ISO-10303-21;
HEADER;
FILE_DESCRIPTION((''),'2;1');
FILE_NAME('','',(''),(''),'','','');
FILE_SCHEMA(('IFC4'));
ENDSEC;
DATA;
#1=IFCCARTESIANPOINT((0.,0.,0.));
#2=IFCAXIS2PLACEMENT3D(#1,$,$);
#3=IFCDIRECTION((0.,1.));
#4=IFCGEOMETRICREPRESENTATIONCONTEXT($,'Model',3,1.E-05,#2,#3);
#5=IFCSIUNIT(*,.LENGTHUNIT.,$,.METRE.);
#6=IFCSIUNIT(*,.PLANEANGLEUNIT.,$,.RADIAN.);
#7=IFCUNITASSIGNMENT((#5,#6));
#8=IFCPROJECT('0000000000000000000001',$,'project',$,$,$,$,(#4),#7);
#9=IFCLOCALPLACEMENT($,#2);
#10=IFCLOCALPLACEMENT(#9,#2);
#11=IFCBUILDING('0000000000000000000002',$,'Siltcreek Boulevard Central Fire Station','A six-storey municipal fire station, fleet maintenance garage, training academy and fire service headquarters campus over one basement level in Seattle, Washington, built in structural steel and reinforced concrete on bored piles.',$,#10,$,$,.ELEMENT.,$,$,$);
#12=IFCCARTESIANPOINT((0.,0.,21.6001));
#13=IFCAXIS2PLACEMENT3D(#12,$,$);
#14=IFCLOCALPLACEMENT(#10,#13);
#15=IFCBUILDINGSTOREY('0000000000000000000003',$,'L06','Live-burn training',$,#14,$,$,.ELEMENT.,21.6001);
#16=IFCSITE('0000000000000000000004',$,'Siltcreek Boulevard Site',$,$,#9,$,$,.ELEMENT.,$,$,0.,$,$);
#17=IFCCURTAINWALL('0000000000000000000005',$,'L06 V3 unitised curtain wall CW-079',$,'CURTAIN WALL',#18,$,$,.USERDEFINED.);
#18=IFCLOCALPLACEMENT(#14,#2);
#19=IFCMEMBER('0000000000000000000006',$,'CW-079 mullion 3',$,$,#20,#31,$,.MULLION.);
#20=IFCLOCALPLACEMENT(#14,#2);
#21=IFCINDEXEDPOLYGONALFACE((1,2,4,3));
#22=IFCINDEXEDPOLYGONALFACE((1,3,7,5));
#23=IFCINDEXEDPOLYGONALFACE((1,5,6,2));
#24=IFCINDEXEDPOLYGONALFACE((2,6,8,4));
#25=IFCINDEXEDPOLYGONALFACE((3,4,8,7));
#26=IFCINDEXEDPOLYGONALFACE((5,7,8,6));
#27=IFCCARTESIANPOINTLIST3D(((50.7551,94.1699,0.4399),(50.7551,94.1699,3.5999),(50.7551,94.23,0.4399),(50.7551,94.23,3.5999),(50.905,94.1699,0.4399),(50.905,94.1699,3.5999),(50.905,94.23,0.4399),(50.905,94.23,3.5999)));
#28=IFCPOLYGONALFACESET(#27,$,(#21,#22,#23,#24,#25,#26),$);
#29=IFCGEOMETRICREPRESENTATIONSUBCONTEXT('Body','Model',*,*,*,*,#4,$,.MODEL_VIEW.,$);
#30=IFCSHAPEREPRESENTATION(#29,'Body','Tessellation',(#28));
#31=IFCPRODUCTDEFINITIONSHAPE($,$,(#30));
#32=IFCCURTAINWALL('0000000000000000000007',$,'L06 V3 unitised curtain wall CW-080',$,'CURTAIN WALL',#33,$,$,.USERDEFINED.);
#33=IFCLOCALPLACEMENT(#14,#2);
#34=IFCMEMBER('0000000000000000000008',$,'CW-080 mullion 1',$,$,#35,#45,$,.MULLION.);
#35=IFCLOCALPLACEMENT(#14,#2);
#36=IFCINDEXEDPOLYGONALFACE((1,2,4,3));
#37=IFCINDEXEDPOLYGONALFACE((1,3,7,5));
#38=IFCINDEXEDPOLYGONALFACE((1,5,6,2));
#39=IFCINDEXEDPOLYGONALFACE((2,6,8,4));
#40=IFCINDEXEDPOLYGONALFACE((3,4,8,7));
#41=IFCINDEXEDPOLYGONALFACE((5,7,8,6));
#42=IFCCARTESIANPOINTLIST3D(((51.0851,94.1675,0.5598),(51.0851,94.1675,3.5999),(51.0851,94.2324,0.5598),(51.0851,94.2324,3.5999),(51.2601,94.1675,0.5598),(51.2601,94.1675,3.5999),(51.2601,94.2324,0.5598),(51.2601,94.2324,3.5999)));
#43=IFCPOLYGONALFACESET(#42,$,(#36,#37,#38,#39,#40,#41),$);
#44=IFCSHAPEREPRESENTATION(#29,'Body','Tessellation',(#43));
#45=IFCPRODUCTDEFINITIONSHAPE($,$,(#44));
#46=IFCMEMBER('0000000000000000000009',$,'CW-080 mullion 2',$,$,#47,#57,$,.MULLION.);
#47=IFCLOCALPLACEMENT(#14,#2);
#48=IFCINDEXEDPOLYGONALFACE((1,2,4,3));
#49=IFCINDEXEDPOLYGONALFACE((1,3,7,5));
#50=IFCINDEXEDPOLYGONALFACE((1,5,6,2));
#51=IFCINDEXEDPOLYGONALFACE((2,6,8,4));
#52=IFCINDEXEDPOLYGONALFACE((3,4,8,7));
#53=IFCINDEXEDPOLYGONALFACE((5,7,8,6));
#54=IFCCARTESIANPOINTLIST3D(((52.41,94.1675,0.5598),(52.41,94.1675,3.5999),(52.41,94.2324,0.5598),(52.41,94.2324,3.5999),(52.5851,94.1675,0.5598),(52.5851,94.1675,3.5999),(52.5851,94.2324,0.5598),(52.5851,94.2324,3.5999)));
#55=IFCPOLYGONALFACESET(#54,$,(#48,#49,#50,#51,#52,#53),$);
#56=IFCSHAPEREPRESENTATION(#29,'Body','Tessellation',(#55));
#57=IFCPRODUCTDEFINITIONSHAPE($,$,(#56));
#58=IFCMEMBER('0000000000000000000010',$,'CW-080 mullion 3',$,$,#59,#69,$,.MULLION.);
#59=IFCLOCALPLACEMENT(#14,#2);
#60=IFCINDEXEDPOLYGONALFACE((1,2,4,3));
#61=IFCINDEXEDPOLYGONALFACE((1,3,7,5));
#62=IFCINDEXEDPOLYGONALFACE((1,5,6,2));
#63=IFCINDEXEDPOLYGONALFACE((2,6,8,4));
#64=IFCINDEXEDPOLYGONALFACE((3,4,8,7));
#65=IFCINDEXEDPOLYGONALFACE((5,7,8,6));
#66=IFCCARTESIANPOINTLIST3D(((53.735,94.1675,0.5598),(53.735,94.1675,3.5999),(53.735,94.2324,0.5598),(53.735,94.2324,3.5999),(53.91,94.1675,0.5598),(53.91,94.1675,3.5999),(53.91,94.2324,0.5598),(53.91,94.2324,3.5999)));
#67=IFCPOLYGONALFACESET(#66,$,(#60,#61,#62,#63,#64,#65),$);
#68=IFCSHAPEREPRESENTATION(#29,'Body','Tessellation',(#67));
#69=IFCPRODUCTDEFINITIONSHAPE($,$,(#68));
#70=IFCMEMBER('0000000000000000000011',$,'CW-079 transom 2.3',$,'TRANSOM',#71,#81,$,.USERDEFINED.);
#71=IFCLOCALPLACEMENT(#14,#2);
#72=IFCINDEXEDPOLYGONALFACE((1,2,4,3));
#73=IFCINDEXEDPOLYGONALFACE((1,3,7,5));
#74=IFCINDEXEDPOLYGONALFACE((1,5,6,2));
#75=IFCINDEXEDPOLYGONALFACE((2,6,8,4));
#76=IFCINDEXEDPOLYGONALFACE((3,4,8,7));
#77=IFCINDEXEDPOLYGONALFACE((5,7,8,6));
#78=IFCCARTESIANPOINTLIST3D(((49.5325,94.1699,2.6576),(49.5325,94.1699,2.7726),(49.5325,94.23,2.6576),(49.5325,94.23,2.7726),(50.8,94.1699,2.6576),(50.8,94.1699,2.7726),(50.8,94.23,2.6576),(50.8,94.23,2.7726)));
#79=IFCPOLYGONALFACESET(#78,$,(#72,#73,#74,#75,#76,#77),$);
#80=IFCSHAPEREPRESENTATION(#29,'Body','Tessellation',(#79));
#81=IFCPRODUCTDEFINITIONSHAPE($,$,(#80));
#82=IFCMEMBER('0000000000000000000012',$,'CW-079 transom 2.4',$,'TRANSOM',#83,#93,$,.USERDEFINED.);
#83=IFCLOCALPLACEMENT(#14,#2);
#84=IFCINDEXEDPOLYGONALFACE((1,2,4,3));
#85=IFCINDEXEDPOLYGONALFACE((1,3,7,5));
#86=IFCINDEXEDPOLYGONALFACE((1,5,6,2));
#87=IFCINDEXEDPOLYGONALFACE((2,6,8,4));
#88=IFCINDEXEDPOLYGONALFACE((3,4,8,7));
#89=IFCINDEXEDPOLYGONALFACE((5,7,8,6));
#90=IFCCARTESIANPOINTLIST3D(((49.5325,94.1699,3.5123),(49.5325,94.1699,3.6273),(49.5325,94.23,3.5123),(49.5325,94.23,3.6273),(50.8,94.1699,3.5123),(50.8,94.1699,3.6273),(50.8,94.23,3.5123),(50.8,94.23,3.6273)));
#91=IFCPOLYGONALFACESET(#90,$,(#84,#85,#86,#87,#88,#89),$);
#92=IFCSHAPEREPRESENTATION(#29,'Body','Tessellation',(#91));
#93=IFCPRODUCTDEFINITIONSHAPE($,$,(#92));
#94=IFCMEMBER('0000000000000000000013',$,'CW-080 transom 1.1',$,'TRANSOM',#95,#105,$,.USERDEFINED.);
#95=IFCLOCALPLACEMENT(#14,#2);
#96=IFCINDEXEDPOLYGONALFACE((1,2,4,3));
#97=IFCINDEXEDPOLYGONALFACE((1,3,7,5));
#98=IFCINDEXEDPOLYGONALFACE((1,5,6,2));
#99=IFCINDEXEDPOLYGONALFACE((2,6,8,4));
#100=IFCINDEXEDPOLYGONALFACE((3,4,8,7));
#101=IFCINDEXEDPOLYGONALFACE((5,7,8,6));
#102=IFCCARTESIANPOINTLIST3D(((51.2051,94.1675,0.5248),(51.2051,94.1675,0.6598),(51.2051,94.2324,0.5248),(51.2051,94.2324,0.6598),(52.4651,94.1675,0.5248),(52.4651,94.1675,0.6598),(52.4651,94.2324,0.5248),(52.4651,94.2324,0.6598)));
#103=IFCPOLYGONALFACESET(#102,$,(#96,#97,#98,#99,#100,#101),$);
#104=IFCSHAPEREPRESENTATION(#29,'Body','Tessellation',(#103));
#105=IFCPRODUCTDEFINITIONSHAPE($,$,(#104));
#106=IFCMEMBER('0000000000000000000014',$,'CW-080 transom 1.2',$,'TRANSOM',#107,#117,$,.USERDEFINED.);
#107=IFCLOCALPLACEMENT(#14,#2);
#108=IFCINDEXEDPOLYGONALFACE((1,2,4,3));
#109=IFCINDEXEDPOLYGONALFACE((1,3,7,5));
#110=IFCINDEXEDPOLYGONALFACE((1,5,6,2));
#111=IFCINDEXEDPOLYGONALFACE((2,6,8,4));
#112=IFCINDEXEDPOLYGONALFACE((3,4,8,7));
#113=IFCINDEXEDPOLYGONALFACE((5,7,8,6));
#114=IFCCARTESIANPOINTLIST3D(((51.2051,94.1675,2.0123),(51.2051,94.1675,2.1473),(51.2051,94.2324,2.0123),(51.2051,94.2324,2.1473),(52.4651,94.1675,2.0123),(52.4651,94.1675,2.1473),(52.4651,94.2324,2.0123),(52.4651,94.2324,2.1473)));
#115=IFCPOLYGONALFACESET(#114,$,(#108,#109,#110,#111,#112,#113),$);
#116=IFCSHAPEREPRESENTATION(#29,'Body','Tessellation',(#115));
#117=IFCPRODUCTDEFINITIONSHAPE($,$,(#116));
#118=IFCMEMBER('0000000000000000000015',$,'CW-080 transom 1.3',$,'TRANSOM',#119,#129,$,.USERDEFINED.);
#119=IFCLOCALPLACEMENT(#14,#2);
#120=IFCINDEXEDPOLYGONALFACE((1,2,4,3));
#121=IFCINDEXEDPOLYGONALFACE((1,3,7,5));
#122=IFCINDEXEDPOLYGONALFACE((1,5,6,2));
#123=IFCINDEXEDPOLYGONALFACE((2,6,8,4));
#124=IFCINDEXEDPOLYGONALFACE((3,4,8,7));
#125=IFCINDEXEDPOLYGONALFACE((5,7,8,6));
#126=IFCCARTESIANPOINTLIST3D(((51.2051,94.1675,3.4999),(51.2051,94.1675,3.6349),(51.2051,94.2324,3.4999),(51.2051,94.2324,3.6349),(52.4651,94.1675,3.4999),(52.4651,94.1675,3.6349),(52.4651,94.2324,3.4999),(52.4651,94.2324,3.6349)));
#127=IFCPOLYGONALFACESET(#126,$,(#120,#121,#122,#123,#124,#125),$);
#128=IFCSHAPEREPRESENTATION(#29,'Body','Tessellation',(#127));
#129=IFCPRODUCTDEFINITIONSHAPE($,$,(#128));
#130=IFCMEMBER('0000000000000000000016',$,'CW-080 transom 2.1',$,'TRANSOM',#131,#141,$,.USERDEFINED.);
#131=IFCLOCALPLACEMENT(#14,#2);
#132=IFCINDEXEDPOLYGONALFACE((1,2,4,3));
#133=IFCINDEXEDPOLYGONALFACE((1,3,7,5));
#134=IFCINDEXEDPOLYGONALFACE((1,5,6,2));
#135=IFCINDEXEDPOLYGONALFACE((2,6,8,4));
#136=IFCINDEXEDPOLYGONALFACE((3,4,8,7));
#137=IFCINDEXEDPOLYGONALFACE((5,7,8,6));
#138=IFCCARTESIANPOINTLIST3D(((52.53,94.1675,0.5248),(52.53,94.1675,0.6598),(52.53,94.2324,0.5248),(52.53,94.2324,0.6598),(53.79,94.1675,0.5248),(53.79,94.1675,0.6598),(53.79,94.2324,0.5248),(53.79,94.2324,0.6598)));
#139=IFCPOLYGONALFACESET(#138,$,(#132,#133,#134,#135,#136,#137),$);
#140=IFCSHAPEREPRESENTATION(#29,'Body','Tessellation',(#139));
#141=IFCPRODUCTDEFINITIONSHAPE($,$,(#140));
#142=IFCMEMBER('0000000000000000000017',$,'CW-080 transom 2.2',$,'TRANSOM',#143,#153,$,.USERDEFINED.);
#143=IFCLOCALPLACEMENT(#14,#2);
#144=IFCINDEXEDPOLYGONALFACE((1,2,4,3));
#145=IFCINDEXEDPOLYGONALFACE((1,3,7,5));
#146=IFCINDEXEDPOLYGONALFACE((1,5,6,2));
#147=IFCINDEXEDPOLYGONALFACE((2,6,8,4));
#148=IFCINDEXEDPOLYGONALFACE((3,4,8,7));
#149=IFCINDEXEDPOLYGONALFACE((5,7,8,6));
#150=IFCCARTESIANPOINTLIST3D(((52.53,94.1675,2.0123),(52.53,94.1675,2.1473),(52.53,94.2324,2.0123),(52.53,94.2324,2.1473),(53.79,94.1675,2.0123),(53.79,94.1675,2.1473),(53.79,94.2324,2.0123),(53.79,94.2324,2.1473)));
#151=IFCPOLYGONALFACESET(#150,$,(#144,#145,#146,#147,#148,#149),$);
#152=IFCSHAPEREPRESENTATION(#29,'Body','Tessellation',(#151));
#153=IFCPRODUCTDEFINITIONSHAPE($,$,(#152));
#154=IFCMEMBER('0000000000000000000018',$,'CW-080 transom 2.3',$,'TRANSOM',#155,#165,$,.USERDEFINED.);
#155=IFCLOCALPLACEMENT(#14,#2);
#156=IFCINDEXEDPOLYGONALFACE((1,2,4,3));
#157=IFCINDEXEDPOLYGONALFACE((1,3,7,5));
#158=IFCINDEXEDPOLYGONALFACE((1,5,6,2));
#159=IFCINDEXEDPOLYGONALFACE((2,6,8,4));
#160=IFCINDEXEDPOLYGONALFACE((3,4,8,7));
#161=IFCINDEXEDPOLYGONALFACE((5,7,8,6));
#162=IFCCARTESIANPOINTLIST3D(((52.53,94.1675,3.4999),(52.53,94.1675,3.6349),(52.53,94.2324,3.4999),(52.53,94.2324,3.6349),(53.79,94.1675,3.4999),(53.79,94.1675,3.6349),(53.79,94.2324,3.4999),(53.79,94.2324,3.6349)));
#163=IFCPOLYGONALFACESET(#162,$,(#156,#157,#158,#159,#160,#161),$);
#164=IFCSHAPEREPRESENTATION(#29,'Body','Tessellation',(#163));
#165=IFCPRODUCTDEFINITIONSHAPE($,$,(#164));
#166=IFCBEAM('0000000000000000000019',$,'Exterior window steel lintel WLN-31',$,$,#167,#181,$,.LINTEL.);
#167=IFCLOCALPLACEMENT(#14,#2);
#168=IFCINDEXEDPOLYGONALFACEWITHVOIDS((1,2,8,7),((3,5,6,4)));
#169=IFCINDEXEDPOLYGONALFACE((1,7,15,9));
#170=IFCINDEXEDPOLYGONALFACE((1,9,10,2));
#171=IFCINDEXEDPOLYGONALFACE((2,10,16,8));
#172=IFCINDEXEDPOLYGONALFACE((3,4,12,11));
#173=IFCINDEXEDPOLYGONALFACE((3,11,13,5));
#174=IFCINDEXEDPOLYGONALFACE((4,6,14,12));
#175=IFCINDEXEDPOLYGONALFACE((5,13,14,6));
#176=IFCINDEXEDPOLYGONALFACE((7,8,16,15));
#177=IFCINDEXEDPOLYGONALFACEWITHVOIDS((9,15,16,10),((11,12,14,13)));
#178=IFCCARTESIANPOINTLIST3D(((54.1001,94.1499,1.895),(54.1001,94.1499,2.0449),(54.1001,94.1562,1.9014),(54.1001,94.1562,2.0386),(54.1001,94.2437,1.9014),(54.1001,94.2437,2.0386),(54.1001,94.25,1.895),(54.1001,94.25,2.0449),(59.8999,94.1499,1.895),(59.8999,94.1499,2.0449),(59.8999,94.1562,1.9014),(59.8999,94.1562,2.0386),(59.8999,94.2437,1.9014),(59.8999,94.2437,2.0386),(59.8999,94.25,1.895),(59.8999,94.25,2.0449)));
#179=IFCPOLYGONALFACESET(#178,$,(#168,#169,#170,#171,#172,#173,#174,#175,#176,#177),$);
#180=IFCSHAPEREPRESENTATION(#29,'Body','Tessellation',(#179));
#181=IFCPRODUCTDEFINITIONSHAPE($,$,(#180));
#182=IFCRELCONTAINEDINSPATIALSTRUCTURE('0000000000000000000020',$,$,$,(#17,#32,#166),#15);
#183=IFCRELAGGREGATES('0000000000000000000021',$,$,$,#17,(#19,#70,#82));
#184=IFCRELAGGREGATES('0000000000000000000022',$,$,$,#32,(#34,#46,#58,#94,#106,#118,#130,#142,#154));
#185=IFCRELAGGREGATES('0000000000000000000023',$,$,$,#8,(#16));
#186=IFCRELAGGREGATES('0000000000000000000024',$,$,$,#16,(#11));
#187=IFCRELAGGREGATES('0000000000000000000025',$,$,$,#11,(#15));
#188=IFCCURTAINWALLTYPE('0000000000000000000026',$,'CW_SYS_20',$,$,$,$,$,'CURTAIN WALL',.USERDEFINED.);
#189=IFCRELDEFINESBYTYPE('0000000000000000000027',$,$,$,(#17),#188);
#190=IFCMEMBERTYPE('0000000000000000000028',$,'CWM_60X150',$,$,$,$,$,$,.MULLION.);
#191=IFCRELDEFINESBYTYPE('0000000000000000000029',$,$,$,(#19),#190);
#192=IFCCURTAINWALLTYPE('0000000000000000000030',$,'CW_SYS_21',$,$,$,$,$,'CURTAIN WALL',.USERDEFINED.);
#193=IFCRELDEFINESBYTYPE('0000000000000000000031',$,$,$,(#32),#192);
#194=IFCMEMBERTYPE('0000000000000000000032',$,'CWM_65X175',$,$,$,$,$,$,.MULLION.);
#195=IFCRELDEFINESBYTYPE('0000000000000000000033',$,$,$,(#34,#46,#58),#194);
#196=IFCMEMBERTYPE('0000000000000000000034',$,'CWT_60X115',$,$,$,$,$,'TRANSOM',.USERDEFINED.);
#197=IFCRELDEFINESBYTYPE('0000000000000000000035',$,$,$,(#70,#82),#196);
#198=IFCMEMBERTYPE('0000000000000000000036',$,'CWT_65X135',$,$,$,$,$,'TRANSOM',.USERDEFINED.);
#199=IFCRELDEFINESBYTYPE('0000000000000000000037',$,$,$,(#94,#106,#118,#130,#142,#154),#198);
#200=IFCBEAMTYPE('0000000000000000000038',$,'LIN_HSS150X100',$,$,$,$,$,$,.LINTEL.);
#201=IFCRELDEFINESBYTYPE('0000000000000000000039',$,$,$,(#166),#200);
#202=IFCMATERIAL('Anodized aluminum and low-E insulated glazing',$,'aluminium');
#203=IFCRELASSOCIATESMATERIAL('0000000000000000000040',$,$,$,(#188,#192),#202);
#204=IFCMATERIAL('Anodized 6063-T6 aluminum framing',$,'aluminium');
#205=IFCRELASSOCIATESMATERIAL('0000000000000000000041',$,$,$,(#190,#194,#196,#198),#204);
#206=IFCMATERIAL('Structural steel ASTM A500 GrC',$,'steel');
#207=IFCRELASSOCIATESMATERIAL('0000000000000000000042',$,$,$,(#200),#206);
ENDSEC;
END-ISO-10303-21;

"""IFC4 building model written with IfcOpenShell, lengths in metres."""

from ifc_helpers import new_model, si_unit, direction, frame, origin, origin_2d, place, context, subcontext, project, spatial, rectangle, hollow_rectangle, extrude, material, material_profile, profile_set, type_object, element, aggregate, save


model = new_model("IFC4")

# Units and contexts
model_context = context("Model", 3, precision=1e-05, world=origin(), true_north=direction((0.0, 1.0)))
body_context = subcontext(model_context, "Body", "Model", "MODEL_VIEW")
ifc_project = project(units=[si_unit("LENGTHUNIT", "METRE"), si_unit("PLANEANGLEUNIT", "RADIAN")], contexts=[model_context])

# Site, building, storey
site_placement = place(None, origin())
site = spatial("IfcSite", under=ifc_project, at=site_placement, Name="Siltcreek Boulevard Site", CompositionType="ELEMENT", RefElevation=0.0)
building_placement = place(site_placement, origin())
building = spatial("IfcBuilding", under=site, at=building_placement, Name="Siltcreek Boulevard Central Fire Station", Description="A six-storey municipal fire station, fleet maintenance garage, training academy and fire service headquarters campus over one basement level in Seattle, Washington, built in structural steel and reinforced concrete on bored piles.", CompositionType="ELEMENT")
storey_placement = place(building_placement, frame((0.0, 0.0, 21.6001)))
storey = spatial("IfcBuildingStorey", under=building, at=storey_placement, Name="L06", Description="Live-burn training", CompositionType="ELEMENT", Elevation=21.6001)

# Curtain wall, member
ifc_material_1 = material(Name="Anodized aluminum and low-E insulated glazing", Category="aluminium")
curtain_wall_type_1 = type_object("IfcCurtainWallType", Name="CW_SYS_20", ElementType="CURTAIN WALL", PredefinedType="USERDEFINED", material=ifc_material_1)
curtain_wall_1_placement = place(storey_placement, origin())
curtain_wall_1 = element("IfcCurtainWall", 1, at=curtain_wall_1_placement, inside=storey, type_object=curtain_wall_type_1, Name="L06 V3 unitised curtain wall CW-079", ObjectType="CURTAIN WALL", PredefinedType="USERDEFINED")
ifc_material_2 = material(Name="Anodized 6063-T6 aluminum framing", Category="aluminium")
ifc_material_profile_1 = material_profile(ifc_material_2, rectangle(XDim=0.0601, YDim=0.1499, at=origin_2d()), Name="MULL60X150")
ifc_profile_set_1 = profile_set([ifc_material_profile_1], Name="Anodized 6063-T6 aluminum framing")
member_type_1 = type_object("IfcMemberType", Name="CWM_60X150", PredefinedType="MULLION", material=ifc_profile_set_1)
member_1_placement = place(storey_placement, frame((50.8301, 94.2, 0.4399), z_axis=(0.0, 0.0, 1.0), x_axis=(0.0, 1.0, 0.0)))
member_1 = element("IfcMember", 2, at=member_1_placement, type_object=member_type_1, Name="CW-079 mullion 3", PredefinedType="MULLION", context=body_context, shape_type="SweptSolid", body=[
    extrude(rectangle(XDim=0.0601, YDim=0.1499, at=origin_2d()), origin(), (0.0, 0.0, 1.0), 3.1599),
])

# Curtain wall, members
curtain_wall_type_2 = type_object("IfcCurtainWallType", Name="CW_SYS_21", ElementType="CURTAIN WALL", PredefinedType="USERDEFINED", material=ifc_material_1)
curtain_wall_2_placement = place(storey_placement, origin())
curtain_wall_2 = element("IfcCurtainWall", 3, at=curtain_wall_2_placement, inside=storey, type_object=curtain_wall_type_2, Name="L06 V3 unitised curtain wall CW-080", ObjectType="CURTAIN WALL", PredefinedType="USERDEFINED")
ifc_material_profile_2 = material_profile(ifc_material_2, rectangle(XDim=0.0649, YDim=0.175, at=origin_2d()), Name="MULL65X175")
ifc_profile_set_2 = profile_set([ifc_material_profile_2], Name="Anodized 6063-T6 aluminum framing")
member_type_2 = type_object("IfcMemberType", Name="CWM_65X175", PredefinedType="MULLION", material=ifc_profile_set_2)
member_2_placement = place(storey_placement, frame((51.1726, 94.2, 0.5598), z_axis=(0.0, 0.0, 1.0), x_axis=(0.0, 1.0, 0.0)))
member_2 = element("IfcMember", 4, at=member_2_placement, type_object=member_type_2, Name="CW-080 mullion 1", PredefinedType="MULLION", context=body_context, shape_type="SweptSolid", body=[
    extrude(rectangle(XDim=0.0649, YDim=0.175, at=origin_2d()), origin(), (0.0, 0.0, 1.0), 3.04),
])
member_3_placement = place(storey_placement, frame((52.4976, 94.2, 0.5598), z_axis=(0.0, 0.0, 1.0), x_axis=(0.0, 1.0, 0.0)))
member_3 = element("IfcMember", 5, at=member_3_placement, type_object=member_type_2, Name="CW-080 mullion 2", PredefinedType="MULLION", context=body_context, shape_type="SweptSolid", body=[
    extrude(rectangle(XDim=0.0649, YDim=0.175, at=origin_2d()), origin(), (0.0, 0.0, 1.0), 3.04),
])
member_4_placement = place(storey_placement, frame((53.8225, 94.2, 0.5598), z_axis=(0.0, 0.0, 1.0), x_axis=(0.0, 1.0, 0.0)))
member_4 = element("IfcMember", 6, at=member_4_placement, type_object=member_type_2, Name="CW-080 mullion 3", PredefinedType="MULLION", context=body_context, shape_type="SweptSolid", body=[
    extrude(rectangle(XDim=0.0649, YDim=0.175, at=origin_2d()), origin(), (0.0, 0.0, 1.0), 3.04),
])

# Members
ifc_material_profile_3 = material_profile(ifc_material_2, rectangle(XDim=0.0601, YDim=0.115, at=origin_2d()), Name="TRAN60X115")
ifc_profile_set_3 = profile_set([ifc_material_profile_3], Name="Anodized 6063-T6 aluminum framing")
member_type_3 = type_object("IfcMemberType", Name="CWT_60X115", ElementType="TRANSOM", PredefinedType="USERDEFINED", material=ifc_profile_set_3)
member_5_placement = place(storey_placement, frame((49.5325, 94.2, 2.7151), z_axis=(1.0, 0.0, 0.0), x_axis=(0.0, 1.0, 0.0)))
member_5 = element("IfcMember", 7, at=member_5_placement, type_object=member_type_3, Name="CW-079 transom 2.3", ObjectType="TRANSOM", PredefinedType="USERDEFINED", context=body_context, shape_type="SweptSolid", body=[
    extrude(rectangle(XDim=0.0601, YDim=0.115, at=origin_2d()), origin(), (0.0, 0.0, 1.0), 1.2676),
])
member_6_placement = place(storey_placement, frame((49.5325, 94.2, 3.5698), z_axis=(1.0, 0.0, 0.0), x_axis=(0.0, 1.0, 0.0)))
member_6 = element("IfcMember", 8, at=member_6_placement, type_object=member_type_3, Name="CW-079 transom 2.4", ObjectType="TRANSOM", PredefinedType="USERDEFINED", context=body_context, shape_type="SweptSolid", body=[
    extrude(rectangle(XDim=0.0601, YDim=0.115, at=origin_2d()), origin(), (0.0, 0.0, 1.0), 1.2676),
])
ifc_material_profile_4 = material_profile(ifc_material_2, rectangle(XDim=0.0649, YDim=0.135, at=origin_2d()), Name="TRAN65X135")
ifc_profile_set_4 = profile_set([ifc_material_profile_4], Name="Anodized 6063-T6 aluminum framing")
member_type_4 = type_object("IfcMemberType", Name="CWT_65X135", ElementType="TRANSOM", PredefinedType="USERDEFINED", material=ifc_profile_set_4)
member_7_placement = place(storey_placement, frame((51.2051, 94.2, 0.5923), z_axis=(1.0, 0.0, 0.0), x_axis=(0.0, 1.0, 0.0)))
member_7 = element("IfcMember", 9, at=member_7_placement, type_object=member_type_4, Name="CW-080 transom 1.1", ObjectType="TRANSOM", PredefinedType="USERDEFINED", context=body_context, shape_type="SweptSolid", body=[
    extrude(rectangle(XDim=0.0649, YDim=0.135, at=origin_2d()), origin(), (0.0, 0.0, 1.0), 1.26),
])
member_8_placement = place(storey_placement, frame((51.2051, 94.2, 2.0798), z_axis=(1.0, 0.0, 0.0), x_axis=(0.0, 1.0, 0.0)))
member_8 = element("IfcMember", 10, at=member_8_placement, type_object=member_type_4, Name="CW-080 transom 1.2", ObjectType="TRANSOM", PredefinedType="USERDEFINED", context=body_context, shape_type="SweptSolid", body=[
    extrude(rectangle(XDim=0.0649, YDim=0.135, at=origin_2d()), origin(), (0.0, 0.0, 1.0), 1.26),
])
member_9_placement = place(storey_placement, frame((51.2051, 94.2, 3.5674), z_axis=(1.0, 0.0, 0.0), x_axis=(0.0, 1.0, 0.0)))
member_9 = element("IfcMember", 11, at=member_9_placement, type_object=member_type_4, Name="CW-080 transom 1.3", ObjectType="TRANSOM", PredefinedType="USERDEFINED", context=body_context, shape_type="SweptSolid", body=[
    extrude(rectangle(XDim=0.0649, YDim=0.135, at=origin_2d()), origin(), (0.0, 0.0, 1.0), 1.26),
])
member_10_placement = place(storey_placement, frame((52.53, 94.2, 0.5923), z_axis=(1.0, 0.0, 0.0), x_axis=(0.0, 1.0, 0.0)))
member_10 = element("IfcMember", 12, at=member_10_placement, type_object=member_type_4, Name="CW-080 transom 2.1", ObjectType="TRANSOM", PredefinedType="USERDEFINED", context=body_context, shape_type="SweptSolid", body=[
    extrude(rectangle(XDim=0.0649, YDim=0.135, at=origin_2d()), origin(), (0.0, 0.0, 1.0), 1.26),
])
member_11_placement = place(storey_placement, frame((52.53, 94.2, 2.0798), z_axis=(1.0, 0.0, 0.0), x_axis=(0.0, 1.0, 0.0)))
member_11 = element("IfcMember", 13, at=member_11_placement, type_object=member_type_4, Name="CW-080 transom 2.2", ObjectType="TRANSOM", PredefinedType="USERDEFINED", context=body_context, shape_type="SweptSolid", body=[
    extrude(rectangle(XDim=0.0649, YDim=0.135, at=origin_2d()), origin(), (0.0, 0.0, 1.0), 1.26),
])
member_12_placement = place(storey_placement, frame((52.53, 94.2, 3.5674), z_axis=(1.0, 0.0, 0.0), x_axis=(0.0, 1.0, 0.0)))
member_12 = element("IfcMember", 14, at=member_12_placement, type_object=member_type_4, Name="CW-080 transom 2.3", ObjectType="TRANSOM", PredefinedType="USERDEFINED", context=body_context, shape_type="SweptSolid", body=[
    extrude(rectangle(XDim=0.0649, YDim=0.135, at=origin_2d()), origin(), (0.0, 0.0, 1.0), 1.26),
])

# Beam
ifc_material_3 = material(Name="Structural steel ASTM A500 GrC", Category="steel")
ifc_material_profile_5 = material_profile(ifc_material_3, hollow_rectangle(XDim=0.1001, YDim=0.1499, WallThickness=0.0063, at=origin_2d()), Name="HSS150X100X6.4")
ifc_profile_set_5 = profile_set([ifc_material_profile_5], Name="Structural steel ASTM A500 GrC")
beam_type = type_object("IfcBeamType", Name="LIN_HSS150X100", PredefinedType="LINTEL", material=ifc_profile_set_5)
beam_placement = place(storey_placement, frame((54.1001, 94.2, 1.97), z_axis=(1.0, 0.0, 0.0), x_axis=(0.0, 1.0, 0.0)))
element("IfcBeam", 15, at=beam_placement, inside=storey, type_object=beam_type, Name="Exterior window steel lintel WLN-31", PredefinedType="LINTEL", context=body_context, shape_type="SweptSolid", body=[
    extrude(hollow_rectangle(XDim=0.1001, YDim=0.1499, WallThickness=0.0063, at=origin_2d()), origin(), (0.0, 0.0, 1.0), 5.7998),
])

aggregate(curtain_wall_1, [member_1, member_5, member_6])
aggregate(curtain_wall_2, [member_2, member_3, member_4, member_7, member_8, member_9, member_10, member_11, member_12])

save(model, "model.ifc")
